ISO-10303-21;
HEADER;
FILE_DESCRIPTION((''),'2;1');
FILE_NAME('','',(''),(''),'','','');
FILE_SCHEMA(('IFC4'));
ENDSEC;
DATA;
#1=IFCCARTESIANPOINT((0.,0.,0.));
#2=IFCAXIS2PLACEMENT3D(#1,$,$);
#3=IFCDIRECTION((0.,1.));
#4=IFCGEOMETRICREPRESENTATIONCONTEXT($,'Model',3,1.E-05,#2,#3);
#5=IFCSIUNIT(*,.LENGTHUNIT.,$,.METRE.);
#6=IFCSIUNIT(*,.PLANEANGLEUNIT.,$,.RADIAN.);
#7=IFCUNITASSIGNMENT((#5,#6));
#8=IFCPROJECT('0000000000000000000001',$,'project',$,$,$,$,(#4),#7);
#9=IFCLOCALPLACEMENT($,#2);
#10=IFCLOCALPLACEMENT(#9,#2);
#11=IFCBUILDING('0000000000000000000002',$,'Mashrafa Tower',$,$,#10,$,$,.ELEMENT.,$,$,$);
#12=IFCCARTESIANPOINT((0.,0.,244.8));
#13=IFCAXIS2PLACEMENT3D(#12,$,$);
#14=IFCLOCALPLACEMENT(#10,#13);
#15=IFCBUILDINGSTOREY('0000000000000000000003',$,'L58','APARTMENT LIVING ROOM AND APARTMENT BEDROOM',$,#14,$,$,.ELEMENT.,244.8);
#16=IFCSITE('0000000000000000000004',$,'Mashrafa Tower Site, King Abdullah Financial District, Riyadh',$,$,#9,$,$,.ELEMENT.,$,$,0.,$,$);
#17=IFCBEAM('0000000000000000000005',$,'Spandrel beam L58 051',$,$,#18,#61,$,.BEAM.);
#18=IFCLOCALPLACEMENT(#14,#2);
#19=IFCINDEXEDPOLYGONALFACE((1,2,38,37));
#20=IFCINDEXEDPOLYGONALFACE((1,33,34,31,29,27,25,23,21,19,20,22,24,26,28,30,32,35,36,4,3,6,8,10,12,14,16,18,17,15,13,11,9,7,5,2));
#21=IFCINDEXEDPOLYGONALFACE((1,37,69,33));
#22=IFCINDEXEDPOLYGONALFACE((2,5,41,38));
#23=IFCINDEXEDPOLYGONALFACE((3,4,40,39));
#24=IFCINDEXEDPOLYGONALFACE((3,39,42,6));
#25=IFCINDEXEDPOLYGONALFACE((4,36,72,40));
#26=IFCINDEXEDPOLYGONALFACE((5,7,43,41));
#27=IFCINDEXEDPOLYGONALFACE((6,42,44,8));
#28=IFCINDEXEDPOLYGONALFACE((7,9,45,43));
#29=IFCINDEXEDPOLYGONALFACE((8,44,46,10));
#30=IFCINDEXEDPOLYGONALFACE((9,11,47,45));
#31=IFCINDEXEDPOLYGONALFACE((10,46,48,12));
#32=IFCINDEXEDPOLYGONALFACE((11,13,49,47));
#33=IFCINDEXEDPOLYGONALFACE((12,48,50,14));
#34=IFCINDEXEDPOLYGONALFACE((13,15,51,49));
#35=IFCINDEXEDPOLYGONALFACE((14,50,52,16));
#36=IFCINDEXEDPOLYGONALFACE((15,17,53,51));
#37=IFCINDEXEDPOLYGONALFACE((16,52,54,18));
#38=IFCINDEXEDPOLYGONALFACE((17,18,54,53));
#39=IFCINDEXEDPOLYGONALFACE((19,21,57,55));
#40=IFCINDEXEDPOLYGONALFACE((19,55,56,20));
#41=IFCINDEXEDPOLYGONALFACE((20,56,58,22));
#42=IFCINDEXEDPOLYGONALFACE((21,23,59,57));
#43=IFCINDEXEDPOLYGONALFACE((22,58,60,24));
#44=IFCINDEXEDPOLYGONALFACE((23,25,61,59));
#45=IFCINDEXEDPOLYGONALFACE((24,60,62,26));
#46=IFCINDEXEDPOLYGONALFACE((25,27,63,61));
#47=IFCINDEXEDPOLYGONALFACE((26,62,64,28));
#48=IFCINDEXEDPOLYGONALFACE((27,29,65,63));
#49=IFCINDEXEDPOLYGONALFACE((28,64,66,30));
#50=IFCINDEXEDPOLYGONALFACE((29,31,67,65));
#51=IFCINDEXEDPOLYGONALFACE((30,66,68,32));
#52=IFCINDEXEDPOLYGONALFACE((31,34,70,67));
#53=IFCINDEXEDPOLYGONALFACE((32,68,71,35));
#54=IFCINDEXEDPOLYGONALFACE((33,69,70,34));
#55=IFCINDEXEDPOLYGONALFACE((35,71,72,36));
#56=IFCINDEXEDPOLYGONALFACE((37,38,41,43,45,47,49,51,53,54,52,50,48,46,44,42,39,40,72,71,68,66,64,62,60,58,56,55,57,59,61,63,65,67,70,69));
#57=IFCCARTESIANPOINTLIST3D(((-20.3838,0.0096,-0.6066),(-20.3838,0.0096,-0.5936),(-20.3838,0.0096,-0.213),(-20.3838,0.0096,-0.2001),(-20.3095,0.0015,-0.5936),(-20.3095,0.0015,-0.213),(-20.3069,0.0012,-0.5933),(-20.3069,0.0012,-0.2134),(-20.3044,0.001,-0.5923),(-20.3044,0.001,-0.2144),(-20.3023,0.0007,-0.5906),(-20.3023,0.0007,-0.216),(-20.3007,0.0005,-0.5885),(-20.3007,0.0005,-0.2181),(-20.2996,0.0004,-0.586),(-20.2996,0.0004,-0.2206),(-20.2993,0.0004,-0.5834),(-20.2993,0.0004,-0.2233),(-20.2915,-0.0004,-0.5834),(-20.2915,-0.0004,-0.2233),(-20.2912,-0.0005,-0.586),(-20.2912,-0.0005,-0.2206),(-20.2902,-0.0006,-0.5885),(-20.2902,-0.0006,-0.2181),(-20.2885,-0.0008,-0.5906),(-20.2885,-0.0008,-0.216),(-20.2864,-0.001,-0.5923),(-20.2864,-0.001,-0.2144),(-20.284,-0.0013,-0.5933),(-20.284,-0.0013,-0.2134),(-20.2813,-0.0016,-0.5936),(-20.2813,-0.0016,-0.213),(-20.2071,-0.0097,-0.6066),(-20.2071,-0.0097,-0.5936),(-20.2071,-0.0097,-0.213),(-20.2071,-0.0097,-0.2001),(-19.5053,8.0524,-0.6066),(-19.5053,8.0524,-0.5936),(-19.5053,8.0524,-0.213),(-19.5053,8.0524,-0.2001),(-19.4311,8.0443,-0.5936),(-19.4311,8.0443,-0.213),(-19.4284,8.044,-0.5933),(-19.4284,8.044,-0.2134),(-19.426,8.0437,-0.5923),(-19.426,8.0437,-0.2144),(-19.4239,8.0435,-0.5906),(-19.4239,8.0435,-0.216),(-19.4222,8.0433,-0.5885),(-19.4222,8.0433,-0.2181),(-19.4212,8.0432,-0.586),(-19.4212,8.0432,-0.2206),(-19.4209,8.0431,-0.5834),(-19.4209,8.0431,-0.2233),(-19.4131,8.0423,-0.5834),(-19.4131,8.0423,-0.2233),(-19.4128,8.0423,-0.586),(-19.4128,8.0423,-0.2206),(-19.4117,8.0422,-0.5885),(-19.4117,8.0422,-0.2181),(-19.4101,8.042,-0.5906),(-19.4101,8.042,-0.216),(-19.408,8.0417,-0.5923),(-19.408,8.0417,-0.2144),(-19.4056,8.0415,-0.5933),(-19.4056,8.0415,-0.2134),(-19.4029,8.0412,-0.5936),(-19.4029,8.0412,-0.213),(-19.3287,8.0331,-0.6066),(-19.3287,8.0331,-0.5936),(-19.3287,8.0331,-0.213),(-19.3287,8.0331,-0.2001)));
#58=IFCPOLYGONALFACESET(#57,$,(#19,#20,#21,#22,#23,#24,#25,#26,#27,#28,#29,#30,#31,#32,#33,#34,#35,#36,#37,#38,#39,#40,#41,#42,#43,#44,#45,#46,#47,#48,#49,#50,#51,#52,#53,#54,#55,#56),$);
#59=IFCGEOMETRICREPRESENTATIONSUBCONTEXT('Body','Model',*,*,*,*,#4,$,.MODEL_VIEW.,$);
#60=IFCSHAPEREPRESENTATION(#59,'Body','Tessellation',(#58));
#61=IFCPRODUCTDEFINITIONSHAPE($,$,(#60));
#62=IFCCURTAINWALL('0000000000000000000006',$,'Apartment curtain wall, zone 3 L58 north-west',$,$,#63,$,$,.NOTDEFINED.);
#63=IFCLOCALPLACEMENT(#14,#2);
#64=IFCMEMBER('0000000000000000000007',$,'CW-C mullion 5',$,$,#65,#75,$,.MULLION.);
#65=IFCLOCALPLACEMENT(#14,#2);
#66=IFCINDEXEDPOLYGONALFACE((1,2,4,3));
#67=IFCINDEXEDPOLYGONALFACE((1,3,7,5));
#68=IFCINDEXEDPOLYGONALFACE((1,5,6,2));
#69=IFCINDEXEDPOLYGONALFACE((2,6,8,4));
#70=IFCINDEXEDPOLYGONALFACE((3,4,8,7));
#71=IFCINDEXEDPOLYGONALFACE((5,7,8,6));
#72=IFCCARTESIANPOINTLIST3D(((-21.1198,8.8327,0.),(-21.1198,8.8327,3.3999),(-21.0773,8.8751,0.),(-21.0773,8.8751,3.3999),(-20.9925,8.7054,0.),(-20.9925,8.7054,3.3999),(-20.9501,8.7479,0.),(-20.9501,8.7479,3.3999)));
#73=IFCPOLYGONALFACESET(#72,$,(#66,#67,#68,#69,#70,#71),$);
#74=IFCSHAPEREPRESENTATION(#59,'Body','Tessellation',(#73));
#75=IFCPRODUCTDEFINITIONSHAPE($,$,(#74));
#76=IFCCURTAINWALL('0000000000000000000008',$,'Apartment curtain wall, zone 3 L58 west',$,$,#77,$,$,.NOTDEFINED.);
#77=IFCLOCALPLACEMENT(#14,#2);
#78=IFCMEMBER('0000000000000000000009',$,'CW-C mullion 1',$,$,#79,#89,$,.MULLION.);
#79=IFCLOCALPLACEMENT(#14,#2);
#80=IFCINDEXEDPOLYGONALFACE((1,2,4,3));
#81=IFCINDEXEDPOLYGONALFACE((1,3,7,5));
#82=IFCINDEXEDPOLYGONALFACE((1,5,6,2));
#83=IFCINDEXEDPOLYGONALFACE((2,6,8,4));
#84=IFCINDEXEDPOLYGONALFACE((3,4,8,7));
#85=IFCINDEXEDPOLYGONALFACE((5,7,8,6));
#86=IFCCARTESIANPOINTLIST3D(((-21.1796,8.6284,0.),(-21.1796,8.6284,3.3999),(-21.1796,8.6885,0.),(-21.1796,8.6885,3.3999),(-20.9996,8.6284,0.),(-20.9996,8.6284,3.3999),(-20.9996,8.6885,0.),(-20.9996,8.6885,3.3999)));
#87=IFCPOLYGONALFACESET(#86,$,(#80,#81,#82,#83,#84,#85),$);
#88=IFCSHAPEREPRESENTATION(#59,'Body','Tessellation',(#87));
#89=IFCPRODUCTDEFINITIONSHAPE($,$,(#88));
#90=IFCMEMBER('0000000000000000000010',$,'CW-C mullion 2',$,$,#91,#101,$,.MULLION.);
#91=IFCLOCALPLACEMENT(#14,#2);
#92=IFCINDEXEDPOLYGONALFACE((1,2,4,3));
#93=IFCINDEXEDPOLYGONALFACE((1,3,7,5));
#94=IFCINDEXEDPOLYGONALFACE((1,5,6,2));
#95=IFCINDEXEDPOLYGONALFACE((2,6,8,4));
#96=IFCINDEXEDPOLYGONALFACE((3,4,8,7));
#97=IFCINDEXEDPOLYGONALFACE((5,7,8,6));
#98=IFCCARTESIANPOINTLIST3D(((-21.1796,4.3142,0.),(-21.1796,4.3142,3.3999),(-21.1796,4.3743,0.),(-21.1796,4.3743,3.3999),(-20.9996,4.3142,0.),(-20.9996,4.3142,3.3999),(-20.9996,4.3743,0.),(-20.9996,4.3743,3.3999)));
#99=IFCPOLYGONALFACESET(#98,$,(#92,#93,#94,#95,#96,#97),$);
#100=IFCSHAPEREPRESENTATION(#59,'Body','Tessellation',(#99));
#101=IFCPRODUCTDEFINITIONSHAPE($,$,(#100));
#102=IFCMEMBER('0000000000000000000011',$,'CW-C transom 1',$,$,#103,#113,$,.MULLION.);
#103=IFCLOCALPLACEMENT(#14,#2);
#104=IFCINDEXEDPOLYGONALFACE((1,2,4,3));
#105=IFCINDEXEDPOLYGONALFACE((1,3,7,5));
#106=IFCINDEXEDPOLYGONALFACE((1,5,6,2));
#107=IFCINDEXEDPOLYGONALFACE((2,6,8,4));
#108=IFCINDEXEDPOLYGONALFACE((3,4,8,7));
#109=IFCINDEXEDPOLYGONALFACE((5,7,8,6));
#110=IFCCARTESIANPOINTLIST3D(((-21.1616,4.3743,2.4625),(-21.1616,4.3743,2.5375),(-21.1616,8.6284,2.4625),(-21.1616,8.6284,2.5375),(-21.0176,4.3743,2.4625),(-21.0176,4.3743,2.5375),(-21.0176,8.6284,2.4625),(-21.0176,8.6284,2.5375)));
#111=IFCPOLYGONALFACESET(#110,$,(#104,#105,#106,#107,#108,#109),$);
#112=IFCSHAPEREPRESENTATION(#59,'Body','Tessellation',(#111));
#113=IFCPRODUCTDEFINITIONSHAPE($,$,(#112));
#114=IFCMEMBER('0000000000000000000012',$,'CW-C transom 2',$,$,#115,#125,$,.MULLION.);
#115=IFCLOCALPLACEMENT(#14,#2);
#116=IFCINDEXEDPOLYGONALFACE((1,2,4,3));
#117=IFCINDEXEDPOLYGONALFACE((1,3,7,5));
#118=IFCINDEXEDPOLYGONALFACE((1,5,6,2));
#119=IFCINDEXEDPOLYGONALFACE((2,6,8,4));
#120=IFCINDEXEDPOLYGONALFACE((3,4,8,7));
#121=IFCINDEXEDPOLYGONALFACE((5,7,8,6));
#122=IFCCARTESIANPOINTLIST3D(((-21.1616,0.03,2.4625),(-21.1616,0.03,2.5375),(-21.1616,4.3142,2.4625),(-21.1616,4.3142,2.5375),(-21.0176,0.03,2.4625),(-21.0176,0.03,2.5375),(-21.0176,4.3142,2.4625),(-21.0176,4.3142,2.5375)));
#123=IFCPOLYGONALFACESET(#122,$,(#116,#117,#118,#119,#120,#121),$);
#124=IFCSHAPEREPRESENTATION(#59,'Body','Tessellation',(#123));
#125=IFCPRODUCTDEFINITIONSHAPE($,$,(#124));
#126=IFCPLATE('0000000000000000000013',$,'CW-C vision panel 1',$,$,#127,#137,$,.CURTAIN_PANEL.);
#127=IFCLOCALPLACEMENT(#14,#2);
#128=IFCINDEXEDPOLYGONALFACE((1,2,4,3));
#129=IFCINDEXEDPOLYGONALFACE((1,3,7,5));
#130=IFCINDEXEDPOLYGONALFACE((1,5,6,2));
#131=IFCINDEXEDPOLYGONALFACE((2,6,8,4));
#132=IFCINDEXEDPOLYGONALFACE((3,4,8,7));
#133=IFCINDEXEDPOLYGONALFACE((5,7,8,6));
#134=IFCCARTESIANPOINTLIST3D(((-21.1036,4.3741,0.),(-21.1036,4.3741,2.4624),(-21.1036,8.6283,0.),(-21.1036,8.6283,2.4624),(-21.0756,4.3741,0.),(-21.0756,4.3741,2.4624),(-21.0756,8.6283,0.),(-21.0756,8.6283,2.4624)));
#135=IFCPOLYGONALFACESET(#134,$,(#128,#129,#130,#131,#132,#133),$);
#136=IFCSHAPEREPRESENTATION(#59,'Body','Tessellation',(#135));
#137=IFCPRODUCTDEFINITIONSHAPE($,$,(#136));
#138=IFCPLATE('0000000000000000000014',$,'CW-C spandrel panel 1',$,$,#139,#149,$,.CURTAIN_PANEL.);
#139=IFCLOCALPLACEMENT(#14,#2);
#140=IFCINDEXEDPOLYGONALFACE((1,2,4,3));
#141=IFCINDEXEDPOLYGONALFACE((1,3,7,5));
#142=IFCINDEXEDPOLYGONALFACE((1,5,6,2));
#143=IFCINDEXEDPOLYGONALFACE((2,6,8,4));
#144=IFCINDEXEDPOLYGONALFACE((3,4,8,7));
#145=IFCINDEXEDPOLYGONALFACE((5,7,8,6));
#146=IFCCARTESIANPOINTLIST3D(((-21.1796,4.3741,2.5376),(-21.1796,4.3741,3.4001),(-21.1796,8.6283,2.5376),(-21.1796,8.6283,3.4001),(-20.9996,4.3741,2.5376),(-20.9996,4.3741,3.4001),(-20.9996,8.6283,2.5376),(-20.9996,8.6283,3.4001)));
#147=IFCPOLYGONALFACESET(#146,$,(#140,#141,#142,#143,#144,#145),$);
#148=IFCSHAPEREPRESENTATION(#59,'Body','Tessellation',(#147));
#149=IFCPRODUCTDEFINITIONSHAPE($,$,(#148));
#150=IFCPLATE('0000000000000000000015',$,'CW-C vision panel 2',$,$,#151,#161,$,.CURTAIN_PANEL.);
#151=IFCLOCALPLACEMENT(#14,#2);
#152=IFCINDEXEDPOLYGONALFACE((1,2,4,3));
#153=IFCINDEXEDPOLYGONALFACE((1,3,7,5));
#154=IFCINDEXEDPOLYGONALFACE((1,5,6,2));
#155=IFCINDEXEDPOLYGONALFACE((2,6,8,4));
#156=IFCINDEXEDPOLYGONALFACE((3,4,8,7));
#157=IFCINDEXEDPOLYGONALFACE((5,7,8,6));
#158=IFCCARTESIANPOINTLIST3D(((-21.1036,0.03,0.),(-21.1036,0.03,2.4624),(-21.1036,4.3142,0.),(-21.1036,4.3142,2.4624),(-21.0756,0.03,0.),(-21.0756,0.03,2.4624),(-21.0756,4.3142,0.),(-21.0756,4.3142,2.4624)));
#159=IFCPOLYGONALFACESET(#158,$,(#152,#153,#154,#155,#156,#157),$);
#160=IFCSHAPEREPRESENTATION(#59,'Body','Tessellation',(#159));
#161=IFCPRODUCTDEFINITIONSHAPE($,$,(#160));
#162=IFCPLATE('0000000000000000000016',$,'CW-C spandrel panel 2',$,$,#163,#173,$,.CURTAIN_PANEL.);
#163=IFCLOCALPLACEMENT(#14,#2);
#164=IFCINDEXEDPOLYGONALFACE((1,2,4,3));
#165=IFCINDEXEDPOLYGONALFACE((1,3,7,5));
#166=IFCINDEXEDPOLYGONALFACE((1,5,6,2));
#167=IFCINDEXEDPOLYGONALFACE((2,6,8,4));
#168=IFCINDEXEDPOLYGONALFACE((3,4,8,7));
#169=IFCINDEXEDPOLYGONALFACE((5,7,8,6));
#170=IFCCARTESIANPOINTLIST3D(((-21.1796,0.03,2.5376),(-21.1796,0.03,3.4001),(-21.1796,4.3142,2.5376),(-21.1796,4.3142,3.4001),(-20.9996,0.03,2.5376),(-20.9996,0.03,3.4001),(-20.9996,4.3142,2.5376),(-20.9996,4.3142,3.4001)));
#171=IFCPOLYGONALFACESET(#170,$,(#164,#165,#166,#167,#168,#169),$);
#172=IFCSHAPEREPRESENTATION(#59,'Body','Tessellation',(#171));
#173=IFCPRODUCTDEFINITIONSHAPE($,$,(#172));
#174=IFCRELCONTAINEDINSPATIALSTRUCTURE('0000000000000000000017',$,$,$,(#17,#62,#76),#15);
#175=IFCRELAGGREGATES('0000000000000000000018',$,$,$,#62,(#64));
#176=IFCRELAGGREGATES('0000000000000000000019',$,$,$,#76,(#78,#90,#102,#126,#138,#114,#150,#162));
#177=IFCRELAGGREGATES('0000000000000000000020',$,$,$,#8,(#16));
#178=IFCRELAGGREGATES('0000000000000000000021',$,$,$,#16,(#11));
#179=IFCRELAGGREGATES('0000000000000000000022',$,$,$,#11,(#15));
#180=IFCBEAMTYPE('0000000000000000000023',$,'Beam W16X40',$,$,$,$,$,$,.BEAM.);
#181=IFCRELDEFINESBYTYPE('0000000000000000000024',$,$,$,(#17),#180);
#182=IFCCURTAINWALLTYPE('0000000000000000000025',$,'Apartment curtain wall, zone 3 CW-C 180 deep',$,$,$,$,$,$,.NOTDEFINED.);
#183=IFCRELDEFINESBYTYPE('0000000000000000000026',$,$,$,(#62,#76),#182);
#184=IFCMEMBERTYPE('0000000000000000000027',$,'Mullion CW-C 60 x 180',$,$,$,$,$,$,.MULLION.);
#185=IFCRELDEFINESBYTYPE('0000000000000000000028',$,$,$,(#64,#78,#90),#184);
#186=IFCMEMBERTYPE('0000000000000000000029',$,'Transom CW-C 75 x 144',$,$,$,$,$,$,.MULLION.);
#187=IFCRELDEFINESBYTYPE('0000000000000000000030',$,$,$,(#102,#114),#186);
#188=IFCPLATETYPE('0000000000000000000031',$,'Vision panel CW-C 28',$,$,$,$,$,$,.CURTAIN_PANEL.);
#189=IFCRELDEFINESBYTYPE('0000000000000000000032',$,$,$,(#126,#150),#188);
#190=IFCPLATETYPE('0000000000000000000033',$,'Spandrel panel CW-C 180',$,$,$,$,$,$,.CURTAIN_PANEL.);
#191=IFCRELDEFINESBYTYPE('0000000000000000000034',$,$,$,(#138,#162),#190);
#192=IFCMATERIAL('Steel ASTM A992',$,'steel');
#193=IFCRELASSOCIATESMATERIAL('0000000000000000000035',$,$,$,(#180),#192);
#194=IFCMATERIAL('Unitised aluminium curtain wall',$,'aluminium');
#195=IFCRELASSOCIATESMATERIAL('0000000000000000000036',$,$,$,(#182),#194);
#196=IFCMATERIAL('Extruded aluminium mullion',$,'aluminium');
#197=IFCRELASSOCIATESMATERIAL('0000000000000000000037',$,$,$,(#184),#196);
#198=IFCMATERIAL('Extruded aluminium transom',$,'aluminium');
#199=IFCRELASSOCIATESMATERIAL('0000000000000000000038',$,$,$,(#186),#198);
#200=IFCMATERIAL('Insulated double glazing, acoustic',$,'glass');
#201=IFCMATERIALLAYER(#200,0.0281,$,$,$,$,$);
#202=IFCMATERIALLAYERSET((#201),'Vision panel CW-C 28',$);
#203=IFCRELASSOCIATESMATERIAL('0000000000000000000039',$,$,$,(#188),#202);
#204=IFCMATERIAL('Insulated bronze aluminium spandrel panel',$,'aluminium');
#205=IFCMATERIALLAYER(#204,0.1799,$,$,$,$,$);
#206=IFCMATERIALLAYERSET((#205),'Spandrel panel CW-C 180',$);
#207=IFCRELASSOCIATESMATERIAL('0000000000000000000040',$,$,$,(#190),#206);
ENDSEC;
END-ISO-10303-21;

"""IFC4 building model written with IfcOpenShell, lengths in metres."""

from ifc_helpers import new_model, si_unit, direction, frame, origin, origin_2d, place, context, subcontext, project, spatial, rectangle, i_section, extrude, source, transform, mapped, material, layer, layer_set, material_profile, profile_set, type_object, type_shapes, element, aggregate, save


model = new_model("IFC4")

# Units and contexts
model_context = context("Model", 3, precision=1e-05, world=origin(), true_north=direction((0.0, 1.0)))
body_context = subcontext(model_context, "Body", "Model", "MODEL_VIEW")
ifc_project = project(units=[si_unit("LENGTHUNIT", "METRE"), si_unit("PLANEANGLEUNIT", "RADIAN")], contexts=[model_context])

# Site, building, storey
site_placement = place(None, origin())
site = spatial("IfcSite", under=ifc_project, at=site_placement, Name="Mashrafa Tower Site, King Abdullah Financial District, Riyadh", CompositionType="ELEMENT", RefElevation=0.0)
building_placement = place(site_placement, origin())
building = spatial("IfcBuilding", under=site, at=building_placement, Name="Mashrafa Tower", CompositionType="ELEMENT")
storey_placement = place(building_placement, frame((0.0, 0.0, 244.8)))
storey = spatial("IfcBuildingStorey", under=building, at=storey_placement, Name="L58", Description="APARTMENT LIVING ROOM AND APARTMENT BEDROOM", CompositionType="ELEMENT", Elevation=244.8)

# Beam
ifc_material_1 = material(Name="Steel ASTM A992", Category="steel")
ifc_material_profile_1 = material_profile(ifc_material_1, i_section(OverallWidth=0.1777, OverallDepth=0.4065, WebThickness=0.0078, FlangeThickness=0.0129, FilletRadius=0.0103, at=origin_2d()), Name="W16X40")
ifc_profile_set_1 = profile_set([ifc_material_profile_1], Name="Steel ASTM A992")
beam_type = type_object("IfcBeamType", Name="Beam W16X40", PredefinedType="BEAM", material=ifc_profile_set_1)
beam_placement = place(storey_placement, frame((-19.417, 8.0427, -0.4033), z_axis=(-0.108573, -0.994088, 0.0), x_axis=(0.994088, -0.108573, 0.0)))
element("IfcBeam", 1, at=beam_placement, inside=storey, type_object=beam_type, Name="Spandrel beam L58 051", PredefinedType="BEAM", context=body_context, shape_type="SweptSolid", body=[
    extrude(i_section(OverallWidth=0.1777, OverallDepth=0.4065, WebThickness=0.0078, FlangeThickness=0.0129, FilletRadius=0.0103, at=origin_2d()), origin(), (0.0, 0.0, 1.0), 8.0906),
])

# Curtain wall, member
ifc_material_2 = material(Name="Unitised aluminium curtain wall", Category="aluminium")
curtain_wall_type = type_object("IfcCurtainWallType", Name="Apartment curtain wall, zone 3 CW-C 180 deep", PredefinedType="NOTDEFINED", material=ifc_material_2)
curtain_wall_1_placement = place(storey_placement, origin())
curtain_wall_1 = element("IfcCurtainWall", 2, at=curtain_wall_1_placement, inside=storey, type_object=curtain_wall_type, Name="Apartment curtain wall, zone 3 L58 north-west", PredefinedType="NOTDEFINED")
ifc_material_3 = material(Name="Extruded aluminium mullion", Category="aluminium")
ifc_material_profile_2 = material_profile(ifc_material_3, rectangle(XDim=0.1799, YDim=0.0601, at=origin_2d()), Name="Mullion 60x180")
ifc_profile_set_2 = profile_set([ifc_material_profile_2], Name="Extruded aluminium mullion")
member_type_1 = type_object("IfcMemberType", Name="Mullion CW-C 60 x 180", PredefinedType="MULLION", material=ifc_profile_set_2)
shared_shape_1 = source(origin(), body_context, "Body", "SweptSolid", [
    extrude(rectangle(XDim=0.1799, YDim=0.0601, at=origin_2d()), origin(), (0.0, 0.0, 1.0), 3.3999),
])
type_shapes(member_type_1, [shared_shape_1])
member_1_placement = place(storey_placement, frame((-21.0349, 8.7903, 0.0), z_axis=(0.0, 0.0, 1.0), x_axis=(0.707107, -0.707107, 0.0)))
member_1 = element("IfcMember", 3, at=member_1_placement, type_object=member_type_1, Name="CW-C mullion 5", PredefinedType="MULLION", context=body_context, shape_type="MappedRepresentation", body=[
    mapped(shared_shape_1, transform((0.0, 0.0, 0.0))),
])
aggregate(curtain_wall_1, [member_1])

# Curtain wall, members, plates
curtain_wall_2_placement = place(storey_placement, origin())
curtain_wall_2 = element("IfcCurtainWall", 4, at=curtain_wall_2_placement, inside=storey, type_object=curtain_wall_type, Name="Apartment curtain wall, zone 3 L58 west", PredefinedType="NOTDEFINED")
member_2_placement = place(storey_placement, frame((-21.0896, 8.6584, 0.0), z_axis=(0.0, 0.0, 1.0), x_axis=(1.0, 0.0, 0.0)))
member_2 = element("IfcMember", 5, at=member_2_placement, type_object=member_type_1, Name="CW-C mullion 1", PredefinedType="MULLION", context=body_context, shape_type="MappedRepresentation", body=[
    mapped(shared_shape_1, transform((0.0, 0.0, 0.0))),
])
member_3_placement = place(storey_placement, frame((-21.0896, 4.3442, 0.0), z_axis=(0.0, 0.0, 1.0), x_axis=(1.0, 0.0, 0.0)))
member_3 = element("IfcMember", 6, at=member_3_placement, type_object=member_type_1, Name="CW-C mullion 2", PredefinedType="MULLION", context=body_context, shape_type="MappedRepresentation", body=[
    mapped(shared_shape_1, transform((0.0, 0.0, 0.0))),
])
ifc_material_4 = material(Name="Extruded aluminium transom", Category="aluminium")
ifc_material_profile_3 = material_profile(ifc_material_4, rectangle(XDim=0.144, YDim=0.075, at=origin_2d()), Name="Transom 75x144")
ifc_profile_set_3 = profile_set([ifc_material_profile_3], Name="Extruded aluminium transom")
member_type_2 = type_object("IfcMemberType", Name="Transom CW-C 75 x 144", PredefinedType="MULLION", material=ifc_profile_set_3)
shared_shape_2 = source(origin(), body_context, "Body", "SweptSolid", [
    extrude(rectangle(XDim=0.144, YDim=0.075, at=origin_2d()), origin(), (0.0, 0.0, 1.0), 4.2542),
])
member_4_placement = place(storey_placement, frame((-21.0896, 8.6284, 2.5), z_axis=(0.0, -1.0, 0.0), x_axis=(1.0, 0.0, 0.0)))
member_4 = element("IfcMember", 7, at=member_4_placement, type_object=member_type_2, Name="CW-C transom 1", PredefinedType="MULLION", context=body_context, shape_type="MappedRepresentation", body=[
    mapped(shared_shape_2, transform((0.0, 0.0, 0.0))),
])
shared_shape_3 = source(origin(), body_context, "Body", "SweptSolid", [
    extrude(rectangle(XDim=0.144, YDim=0.075, at=origin_2d()), origin(), (0.0, 0.0, 1.0), 4.2842),
])
type_shapes(member_type_2, [shared_shape_2, shared_shape_3])
member_5_placement = place(storey_placement, frame((-21.0896, 4.3142, 2.5), z_axis=(0.0, -1.0, 0.0), x_axis=(1.0, 0.0, 0.0)))
member_5 = element("IfcMember", 8, at=member_5_placement, type_object=member_type_2, Name="CW-C transom 2", PredefinedType="MULLION", context=body_context, shape_type="MappedRepresentation", body=[
    mapped(shared_shape_3, transform((0.0, 0.0, 0.0))),
])
ifc_material_5 = material(Name="Insulated double glazing, acoustic", Category="glass")
ifc_layer_1 = layer(ifc_material_5, 0.0281)
ifc_layer_set_1 = layer_set([ifc_layer_1], Name="Vision panel CW-C 28")
plate_type_1 = type_object("IfcPlateType", Name="Vision panel CW-C 28", PredefinedType="CURTAIN_PANEL", material=ifc_layer_set_1)
shared_shape_4 = source(origin(), body_context, "Body", "SweptSolid", [
    extrude(rectangle(XDim=4.2542, YDim=0.0281, at=origin_2d()), origin(), (0.0, 0.0, 1.0), 2.4624),
])
plate_1_placement = place(storey_placement, frame((-21.0896, 6.5012, 0.0), z_axis=(0.0, 0.0, 1.0), x_axis=(0.0, -1.0, 0.0)))
plate_1 = element("IfcPlate", 9, at=plate_1_placement, type_object=plate_type_1, Name="CW-C vision panel 1", PredefinedType="CURTAIN_PANEL", context=body_context, shape_type="MappedRepresentation", body=[
    mapped(shared_shape_4, transform((0.0, 0.0, 0.0))),
])
ifc_material_6 = material(Name="Insulated bronze aluminium spandrel panel", Category="aluminium")
ifc_layer_2 = layer(ifc_material_6, 0.1799)
ifc_layer_set_2 = layer_set([ifc_layer_2], Name="Spandrel panel CW-C 180")
plate_type_2 = type_object("IfcPlateType", Name="Spandrel panel CW-C 180", PredefinedType="CURTAIN_PANEL", material=ifc_layer_set_2)
shared_shape_5 = source(origin(), body_context, "Body", "SweptSolid", [
    extrude(rectangle(XDim=4.2542, YDim=0.1799, at=origin_2d()), origin(), (0.0, 0.0, 1.0), 0.8625),
])
plate_2_placement = place(storey_placement, frame((-21.0896, 6.5012, 2.5376), z_axis=(0.0, 0.0, 1.0), x_axis=(0.0, -1.0, 0.0)))
plate_2 = element("IfcPlate", 10, at=plate_2_placement, type_object=plate_type_2, Name="CW-C spandrel panel 1", PredefinedType="CURTAIN_PANEL", context=body_context, shape_type="MappedRepresentation", body=[
    mapped(shared_shape_5, transform((0.0, 0.0, 0.0))),
])
shared_shape_6 = source(origin(), body_context, "Body", "SweptSolid", [
    extrude(rectangle(XDim=4.2842, YDim=0.0281, at=origin_2d()), origin(), (0.0, 0.0, 1.0), 2.4624),
])
type_shapes(plate_type_1, [shared_shape_4, shared_shape_6])
plate_3_placement = place(storey_placement, frame((-21.0896, 2.1721, 0.0), z_axis=(0.0, 0.0, 1.0), x_axis=(0.0, -1.0, 0.0)))
plate_3 = element("IfcPlate", 11, at=plate_3_placement, type_object=plate_type_1, Name="CW-C vision panel 2", PredefinedType="CURTAIN_PANEL", context=body_context, shape_type="MappedRepresentation", body=[
    mapped(shared_shape_6, transform((0.0, 0.0, 0.0))),
])
shared_shape_7 = source(origin(), body_context, "Body", "SweptSolid", [
    extrude(rectangle(XDim=4.2842, YDim=0.1799, at=origin_2d()), origin(), (0.0, 0.0, 1.0), 0.8625),
])
type_shapes(plate_type_2, [shared_shape_5, shared_shape_7])
plate_4_placement = place(storey_placement, frame((-21.0896, 2.1721, 2.5376), z_axis=(0.0, 0.0, 1.0), x_axis=(0.0, -1.0, 0.0)))
plate_4 = element("IfcPlate", 12, at=plate_4_placement, type_object=plate_type_2, Name="CW-C spandrel panel 2", PredefinedType="CURTAIN_PANEL", context=body_context, shape_type="MappedRepresentation", body=[
    mapped(shared_shape_7, transform((0.0, 0.0, 0.0))),
])
aggregate(curtain_wall_2, [member_2, member_3, member_4, plate_1, plate_2, member_5, plate_3, plate_4])

save(model, "model.ifc")
